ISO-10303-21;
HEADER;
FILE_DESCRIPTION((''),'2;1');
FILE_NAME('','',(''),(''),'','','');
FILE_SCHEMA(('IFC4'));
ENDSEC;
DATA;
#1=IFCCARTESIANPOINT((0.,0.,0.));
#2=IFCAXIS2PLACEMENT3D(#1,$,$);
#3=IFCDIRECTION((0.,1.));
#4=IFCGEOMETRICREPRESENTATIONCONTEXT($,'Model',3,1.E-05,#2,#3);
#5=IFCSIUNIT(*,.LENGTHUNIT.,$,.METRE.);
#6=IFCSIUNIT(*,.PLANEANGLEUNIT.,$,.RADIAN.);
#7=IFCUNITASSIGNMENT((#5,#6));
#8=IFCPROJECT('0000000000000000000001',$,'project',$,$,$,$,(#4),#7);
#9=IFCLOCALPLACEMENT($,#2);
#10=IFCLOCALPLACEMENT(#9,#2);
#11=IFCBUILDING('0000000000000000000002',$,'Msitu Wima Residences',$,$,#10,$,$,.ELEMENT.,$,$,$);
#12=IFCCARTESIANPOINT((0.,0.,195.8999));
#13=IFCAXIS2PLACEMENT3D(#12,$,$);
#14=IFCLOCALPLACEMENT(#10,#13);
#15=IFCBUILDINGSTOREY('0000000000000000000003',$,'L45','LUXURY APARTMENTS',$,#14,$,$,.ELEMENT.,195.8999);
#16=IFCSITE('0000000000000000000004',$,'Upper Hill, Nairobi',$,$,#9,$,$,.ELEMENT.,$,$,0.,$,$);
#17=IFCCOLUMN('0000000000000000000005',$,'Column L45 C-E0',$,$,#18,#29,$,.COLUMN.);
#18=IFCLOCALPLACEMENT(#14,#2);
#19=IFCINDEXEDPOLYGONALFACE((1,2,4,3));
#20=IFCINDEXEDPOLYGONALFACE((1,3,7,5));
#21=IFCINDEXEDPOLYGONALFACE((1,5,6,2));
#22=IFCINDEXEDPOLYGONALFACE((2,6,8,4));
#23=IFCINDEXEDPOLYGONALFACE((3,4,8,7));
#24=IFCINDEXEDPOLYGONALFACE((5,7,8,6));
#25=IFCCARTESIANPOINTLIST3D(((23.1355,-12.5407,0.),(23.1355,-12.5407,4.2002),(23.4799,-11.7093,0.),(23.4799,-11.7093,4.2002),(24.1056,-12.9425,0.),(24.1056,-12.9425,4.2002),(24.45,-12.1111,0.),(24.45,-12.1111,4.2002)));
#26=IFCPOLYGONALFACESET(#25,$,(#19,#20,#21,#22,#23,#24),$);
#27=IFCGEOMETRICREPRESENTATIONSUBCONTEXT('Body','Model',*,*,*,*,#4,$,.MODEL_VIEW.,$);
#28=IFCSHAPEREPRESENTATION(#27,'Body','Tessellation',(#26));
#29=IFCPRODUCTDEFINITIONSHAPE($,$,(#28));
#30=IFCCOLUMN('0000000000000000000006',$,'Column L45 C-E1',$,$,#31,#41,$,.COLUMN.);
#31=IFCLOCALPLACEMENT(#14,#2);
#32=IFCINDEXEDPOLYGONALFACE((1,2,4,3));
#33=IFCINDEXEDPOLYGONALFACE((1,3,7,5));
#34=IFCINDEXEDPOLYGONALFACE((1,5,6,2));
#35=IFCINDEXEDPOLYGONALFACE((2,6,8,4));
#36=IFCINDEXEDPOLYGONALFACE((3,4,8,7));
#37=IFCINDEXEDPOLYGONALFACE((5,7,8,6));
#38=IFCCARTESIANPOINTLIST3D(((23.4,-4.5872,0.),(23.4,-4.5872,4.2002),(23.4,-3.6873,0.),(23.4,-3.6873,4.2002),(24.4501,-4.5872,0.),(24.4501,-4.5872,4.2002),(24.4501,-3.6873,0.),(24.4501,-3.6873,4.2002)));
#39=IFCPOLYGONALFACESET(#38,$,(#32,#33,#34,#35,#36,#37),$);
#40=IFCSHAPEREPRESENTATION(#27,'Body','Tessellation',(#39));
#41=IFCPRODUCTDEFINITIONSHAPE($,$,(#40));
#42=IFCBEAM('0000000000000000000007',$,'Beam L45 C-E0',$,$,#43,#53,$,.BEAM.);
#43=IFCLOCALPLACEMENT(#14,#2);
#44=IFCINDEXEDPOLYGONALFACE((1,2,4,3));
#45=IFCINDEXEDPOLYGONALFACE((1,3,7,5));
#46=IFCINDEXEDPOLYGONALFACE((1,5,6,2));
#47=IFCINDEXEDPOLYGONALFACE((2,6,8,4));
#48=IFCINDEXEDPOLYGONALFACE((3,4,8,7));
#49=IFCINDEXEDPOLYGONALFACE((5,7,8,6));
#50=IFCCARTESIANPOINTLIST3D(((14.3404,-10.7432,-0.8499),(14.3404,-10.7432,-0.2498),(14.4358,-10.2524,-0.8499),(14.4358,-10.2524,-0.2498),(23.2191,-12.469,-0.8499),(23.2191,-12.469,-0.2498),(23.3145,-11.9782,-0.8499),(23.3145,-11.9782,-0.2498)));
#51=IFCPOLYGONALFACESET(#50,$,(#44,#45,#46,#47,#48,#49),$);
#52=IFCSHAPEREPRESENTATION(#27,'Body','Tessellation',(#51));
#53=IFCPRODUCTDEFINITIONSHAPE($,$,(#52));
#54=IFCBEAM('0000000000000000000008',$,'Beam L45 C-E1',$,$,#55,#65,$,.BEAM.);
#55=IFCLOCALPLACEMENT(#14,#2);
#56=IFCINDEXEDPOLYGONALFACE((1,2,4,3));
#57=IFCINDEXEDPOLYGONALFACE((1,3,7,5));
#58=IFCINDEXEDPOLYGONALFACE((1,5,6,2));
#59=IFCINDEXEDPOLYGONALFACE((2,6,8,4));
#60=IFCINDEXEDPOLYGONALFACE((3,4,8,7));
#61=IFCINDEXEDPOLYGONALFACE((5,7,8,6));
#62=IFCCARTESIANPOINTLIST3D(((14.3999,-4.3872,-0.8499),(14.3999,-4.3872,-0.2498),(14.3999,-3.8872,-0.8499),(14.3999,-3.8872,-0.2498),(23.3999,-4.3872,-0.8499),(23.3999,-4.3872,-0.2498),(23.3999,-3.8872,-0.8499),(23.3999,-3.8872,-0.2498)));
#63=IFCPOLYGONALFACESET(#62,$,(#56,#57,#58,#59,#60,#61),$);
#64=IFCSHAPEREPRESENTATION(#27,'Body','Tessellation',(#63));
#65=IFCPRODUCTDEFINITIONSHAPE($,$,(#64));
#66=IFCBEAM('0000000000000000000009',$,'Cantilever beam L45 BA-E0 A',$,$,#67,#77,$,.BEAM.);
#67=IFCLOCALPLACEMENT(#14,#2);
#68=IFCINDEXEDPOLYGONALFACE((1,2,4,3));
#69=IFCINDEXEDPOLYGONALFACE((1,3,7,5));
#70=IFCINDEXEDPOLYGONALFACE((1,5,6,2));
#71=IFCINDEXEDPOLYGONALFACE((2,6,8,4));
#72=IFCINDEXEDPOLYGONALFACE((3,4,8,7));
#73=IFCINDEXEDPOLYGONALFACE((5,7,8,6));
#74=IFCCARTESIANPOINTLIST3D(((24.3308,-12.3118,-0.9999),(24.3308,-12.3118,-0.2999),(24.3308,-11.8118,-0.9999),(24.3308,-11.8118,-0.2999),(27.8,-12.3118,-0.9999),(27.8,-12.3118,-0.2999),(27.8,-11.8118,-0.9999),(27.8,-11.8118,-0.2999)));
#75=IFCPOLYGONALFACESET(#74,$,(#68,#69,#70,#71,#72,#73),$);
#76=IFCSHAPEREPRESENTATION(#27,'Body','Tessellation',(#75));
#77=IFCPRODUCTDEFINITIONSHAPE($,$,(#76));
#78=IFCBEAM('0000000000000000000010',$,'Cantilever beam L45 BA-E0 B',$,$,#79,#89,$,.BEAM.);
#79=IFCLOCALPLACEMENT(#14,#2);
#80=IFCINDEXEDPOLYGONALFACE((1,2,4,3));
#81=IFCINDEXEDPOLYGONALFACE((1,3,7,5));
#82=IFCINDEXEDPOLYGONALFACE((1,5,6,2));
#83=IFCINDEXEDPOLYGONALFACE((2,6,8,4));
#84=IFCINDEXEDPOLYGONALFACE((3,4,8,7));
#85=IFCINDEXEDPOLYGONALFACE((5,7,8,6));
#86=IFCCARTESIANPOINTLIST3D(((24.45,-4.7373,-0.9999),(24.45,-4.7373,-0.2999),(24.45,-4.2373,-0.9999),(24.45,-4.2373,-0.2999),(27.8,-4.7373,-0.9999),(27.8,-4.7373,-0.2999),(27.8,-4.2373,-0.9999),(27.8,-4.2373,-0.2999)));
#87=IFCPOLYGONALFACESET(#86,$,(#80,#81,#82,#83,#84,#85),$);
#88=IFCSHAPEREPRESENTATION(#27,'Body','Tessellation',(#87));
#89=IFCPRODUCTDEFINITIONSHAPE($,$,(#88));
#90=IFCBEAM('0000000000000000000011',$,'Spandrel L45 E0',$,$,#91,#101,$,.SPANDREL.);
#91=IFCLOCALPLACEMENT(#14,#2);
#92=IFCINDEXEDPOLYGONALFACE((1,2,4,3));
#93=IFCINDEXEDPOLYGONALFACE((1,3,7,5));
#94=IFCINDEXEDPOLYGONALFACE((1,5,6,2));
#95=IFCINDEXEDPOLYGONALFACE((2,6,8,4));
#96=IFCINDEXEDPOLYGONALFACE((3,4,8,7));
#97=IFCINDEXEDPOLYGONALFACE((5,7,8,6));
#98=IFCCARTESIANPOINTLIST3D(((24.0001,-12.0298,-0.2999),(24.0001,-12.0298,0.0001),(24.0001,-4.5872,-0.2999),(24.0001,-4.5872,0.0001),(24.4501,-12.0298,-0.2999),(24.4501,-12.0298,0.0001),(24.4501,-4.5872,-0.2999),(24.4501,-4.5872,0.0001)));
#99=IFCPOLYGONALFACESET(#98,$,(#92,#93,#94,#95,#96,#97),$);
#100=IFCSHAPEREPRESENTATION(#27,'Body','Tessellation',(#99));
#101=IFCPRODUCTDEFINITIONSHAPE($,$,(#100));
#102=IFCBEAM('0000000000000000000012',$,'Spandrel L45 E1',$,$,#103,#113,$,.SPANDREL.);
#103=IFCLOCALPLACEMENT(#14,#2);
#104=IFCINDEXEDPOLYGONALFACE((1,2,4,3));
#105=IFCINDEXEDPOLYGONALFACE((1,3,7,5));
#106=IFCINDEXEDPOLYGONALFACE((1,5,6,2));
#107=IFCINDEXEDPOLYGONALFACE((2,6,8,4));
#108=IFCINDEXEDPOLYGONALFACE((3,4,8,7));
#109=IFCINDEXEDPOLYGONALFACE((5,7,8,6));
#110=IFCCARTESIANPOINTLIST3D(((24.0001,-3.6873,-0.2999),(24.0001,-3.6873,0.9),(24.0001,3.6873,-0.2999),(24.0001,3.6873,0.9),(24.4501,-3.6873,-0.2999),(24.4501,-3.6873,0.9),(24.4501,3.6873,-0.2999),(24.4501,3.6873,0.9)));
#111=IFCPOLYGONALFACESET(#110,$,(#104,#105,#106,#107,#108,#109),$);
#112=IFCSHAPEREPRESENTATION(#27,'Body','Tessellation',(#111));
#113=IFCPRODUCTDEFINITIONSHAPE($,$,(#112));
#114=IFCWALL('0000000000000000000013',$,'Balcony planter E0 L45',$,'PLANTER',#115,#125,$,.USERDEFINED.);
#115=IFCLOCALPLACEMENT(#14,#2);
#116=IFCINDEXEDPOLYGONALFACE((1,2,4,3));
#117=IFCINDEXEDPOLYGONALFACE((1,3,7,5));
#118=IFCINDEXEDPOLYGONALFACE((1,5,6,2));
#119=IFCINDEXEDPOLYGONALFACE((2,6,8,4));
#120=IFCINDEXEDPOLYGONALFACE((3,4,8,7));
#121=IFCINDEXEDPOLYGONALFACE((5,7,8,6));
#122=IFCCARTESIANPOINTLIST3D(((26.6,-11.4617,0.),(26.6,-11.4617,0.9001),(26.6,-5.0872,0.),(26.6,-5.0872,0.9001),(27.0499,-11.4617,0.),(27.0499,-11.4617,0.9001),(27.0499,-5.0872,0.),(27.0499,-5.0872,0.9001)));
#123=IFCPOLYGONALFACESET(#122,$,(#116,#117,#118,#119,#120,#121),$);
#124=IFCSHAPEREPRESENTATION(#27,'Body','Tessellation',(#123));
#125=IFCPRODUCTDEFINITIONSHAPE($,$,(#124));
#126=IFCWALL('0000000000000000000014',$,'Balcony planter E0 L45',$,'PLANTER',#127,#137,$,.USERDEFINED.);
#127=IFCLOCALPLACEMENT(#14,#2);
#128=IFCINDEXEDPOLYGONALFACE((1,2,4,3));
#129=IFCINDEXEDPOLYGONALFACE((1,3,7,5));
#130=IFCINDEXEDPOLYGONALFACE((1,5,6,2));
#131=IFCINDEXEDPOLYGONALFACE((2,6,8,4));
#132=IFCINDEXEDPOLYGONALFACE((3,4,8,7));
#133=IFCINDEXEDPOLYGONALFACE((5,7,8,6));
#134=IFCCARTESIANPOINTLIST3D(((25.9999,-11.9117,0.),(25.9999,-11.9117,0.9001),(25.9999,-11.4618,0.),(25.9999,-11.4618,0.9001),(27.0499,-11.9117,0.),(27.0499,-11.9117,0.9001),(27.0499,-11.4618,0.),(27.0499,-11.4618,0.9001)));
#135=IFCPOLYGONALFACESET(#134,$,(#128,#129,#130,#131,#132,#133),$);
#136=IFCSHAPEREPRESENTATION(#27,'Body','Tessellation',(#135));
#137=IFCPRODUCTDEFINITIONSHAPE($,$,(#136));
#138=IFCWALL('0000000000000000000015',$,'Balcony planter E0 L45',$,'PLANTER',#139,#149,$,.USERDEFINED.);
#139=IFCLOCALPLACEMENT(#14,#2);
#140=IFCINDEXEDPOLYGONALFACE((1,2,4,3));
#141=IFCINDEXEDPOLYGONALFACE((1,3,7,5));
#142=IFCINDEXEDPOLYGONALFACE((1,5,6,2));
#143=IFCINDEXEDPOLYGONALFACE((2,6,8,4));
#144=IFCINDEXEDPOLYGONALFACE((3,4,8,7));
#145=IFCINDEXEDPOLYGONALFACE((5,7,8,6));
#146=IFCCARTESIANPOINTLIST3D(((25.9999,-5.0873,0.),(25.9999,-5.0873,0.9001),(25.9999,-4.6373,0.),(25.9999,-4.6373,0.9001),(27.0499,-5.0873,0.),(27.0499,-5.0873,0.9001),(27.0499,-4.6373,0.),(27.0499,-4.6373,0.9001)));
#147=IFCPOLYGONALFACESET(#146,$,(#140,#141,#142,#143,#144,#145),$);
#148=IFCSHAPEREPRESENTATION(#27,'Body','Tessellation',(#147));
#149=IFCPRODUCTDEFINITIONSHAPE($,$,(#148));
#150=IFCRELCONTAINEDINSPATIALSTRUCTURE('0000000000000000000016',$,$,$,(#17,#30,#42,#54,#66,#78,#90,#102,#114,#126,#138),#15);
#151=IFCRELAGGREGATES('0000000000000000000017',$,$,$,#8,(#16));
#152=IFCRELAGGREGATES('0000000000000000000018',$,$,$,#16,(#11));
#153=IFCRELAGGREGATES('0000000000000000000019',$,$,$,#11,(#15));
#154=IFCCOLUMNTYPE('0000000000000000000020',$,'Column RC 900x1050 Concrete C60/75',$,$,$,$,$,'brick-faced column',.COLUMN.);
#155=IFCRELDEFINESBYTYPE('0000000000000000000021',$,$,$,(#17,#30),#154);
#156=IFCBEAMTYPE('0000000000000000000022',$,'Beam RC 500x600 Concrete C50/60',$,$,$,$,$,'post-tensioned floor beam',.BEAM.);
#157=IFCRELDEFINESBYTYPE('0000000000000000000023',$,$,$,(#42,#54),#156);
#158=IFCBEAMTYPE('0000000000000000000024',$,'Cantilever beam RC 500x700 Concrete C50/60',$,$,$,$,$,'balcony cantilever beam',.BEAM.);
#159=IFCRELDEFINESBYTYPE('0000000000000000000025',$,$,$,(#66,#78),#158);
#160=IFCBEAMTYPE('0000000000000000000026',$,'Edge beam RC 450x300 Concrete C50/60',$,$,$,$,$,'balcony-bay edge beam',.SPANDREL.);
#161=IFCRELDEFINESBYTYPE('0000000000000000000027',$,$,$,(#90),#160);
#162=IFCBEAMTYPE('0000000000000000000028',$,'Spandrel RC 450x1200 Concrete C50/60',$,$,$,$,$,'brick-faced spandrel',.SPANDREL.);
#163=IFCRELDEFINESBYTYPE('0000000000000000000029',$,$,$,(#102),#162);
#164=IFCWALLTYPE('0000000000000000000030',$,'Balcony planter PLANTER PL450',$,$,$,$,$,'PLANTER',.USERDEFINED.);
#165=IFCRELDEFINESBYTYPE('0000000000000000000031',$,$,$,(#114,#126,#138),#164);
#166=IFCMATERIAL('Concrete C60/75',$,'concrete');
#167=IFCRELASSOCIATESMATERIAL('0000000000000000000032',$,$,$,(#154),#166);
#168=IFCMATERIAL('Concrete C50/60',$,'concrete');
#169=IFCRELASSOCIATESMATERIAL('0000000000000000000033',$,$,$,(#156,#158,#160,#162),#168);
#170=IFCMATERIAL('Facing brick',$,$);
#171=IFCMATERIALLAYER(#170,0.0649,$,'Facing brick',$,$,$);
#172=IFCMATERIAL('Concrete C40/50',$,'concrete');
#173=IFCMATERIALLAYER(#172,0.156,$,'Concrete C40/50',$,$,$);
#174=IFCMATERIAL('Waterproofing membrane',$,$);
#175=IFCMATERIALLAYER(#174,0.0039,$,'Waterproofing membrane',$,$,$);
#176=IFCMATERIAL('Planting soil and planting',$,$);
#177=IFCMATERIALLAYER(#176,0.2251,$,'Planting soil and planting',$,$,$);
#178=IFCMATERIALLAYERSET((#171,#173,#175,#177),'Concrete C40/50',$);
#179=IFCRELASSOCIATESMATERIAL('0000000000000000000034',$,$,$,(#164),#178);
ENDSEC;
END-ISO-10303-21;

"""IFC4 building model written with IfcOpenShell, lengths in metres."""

from ifc_helpers import new_model, si_unit, direction, frame, frame_2d, origin, origin_2d, place, context, subcontext, project, spatial, rectangle, extrude, material, layer, layer_set, material_profile, profile_set, type_object, element, save


model = new_model("IFC4")

# Units and contexts
model_context = context("Model", 3, precision=1e-05, world=origin(), true_north=direction((0.0, 1.0)))
body_context = subcontext(model_context, "Body", "Model", "MODEL_VIEW")
ifc_project = project(units=[si_unit("LENGTHUNIT", "METRE"), si_unit("PLANEANGLEUNIT", "RADIAN")], contexts=[model_context])

# Site, building, storey
site_placement = place(None, origin())
site = spatial("IfcSite", under=ifc_project, at=site_placement, Name="Upper Hill, Nairobi", CompositionType="ELEMENT", RefElevation=0.0)
building_placement = place(site_placement, origin())
building = spatial("IfcBuilding", under=site, at=building_placement, Name="Msitu Wima Residences", CompositionType="ELEMENT")
storey_placement = place(building_placement, frame((0.0, 0.0, 195.8999)))
storey = spatial("IfcBuildingStorey", under=building, at=storey_placement, Name="L45", Description="LUXURY APARTMENTS", CompositionType="ELEMENT", Elevation=195.8999)

# Columns
ifc_material_1 = material(Name="Concrete C60/75", Category="concrete")
ifc_material_profile_1 = material_profile(ifc_material_1, rectangle(XDim=0.8999, YDim=1.05, at=origin_2d()), Name="RC 900x1050")
ifc_profile_set_1 = profile_set([ifc_material_profile_1], Name="Concrete C60/75")
column_type = type_object("IfcColumnType", Name="Column RC 900x1050 Concrete C60/75", ElementType="brick-faced column", PredefinedType="COLUMN", material=ifc_profile_set_1)
for number, where, z_axis, x_axis, name in (
    (1, (23.7927, -12.3259, 0.0), (0.0, 0.0, 1.0), (0.382683, 0.92388, 0.0), "Column L45 C-E0"),
    (2, (23.925, -4.1372, 0.0), (0.0, 0.0, 1.0), (0.0, 1.0, 0.0), "Column L45 C-E1"),
):
    element("IfcColumn", number, at=place(storey_placement, frame(where, z_axis=z_axis, x_axis=x_axis)), inside=storey, type_object=column_type, Name=name, PredefinedType="COLUMN", context=body_context, shape_type="SweptSolid", body=[
        extrude(rectangle(XDim=0.8999, YDim=1.05, at=origin_2d()), origin(), (0.0, 0.0, 1.0), 4.2002),
    ])

# Beams
ifc_material_2 = material(Name="Concrete C50/60", Category="concrete")
ifc_material_profile_2 = material_profile(ifc_material_2, rectangle(XDim=0.5, YDim=0.6001, at=origin_2d()), Name="RC 500x600")
ifc_profile_set_2 = profile_set([ifc_material_profile_2], Name="Concrete C50/60")
beam_type_1 = type_object("IfcBeamType", Name="Beam RC 500x600 Concrete C50/60", ElementType="post-tensioned floor beam", PredefinedType="BEAM", material=ifc_profile_set_2)
beam_1_placement = place(storey_placement, frame((23.2668, -12.2236, -0.5498), z_axis=(-0.981627, 0.190808, 0.0), x_axis=(-0.190808, -0.981627, 0.0)))
element("IfcBeam", 3, at=beam_1_placement, inside=storey, type_object=beam_type_1, Name="Beam L45 C-E0", PredefinedType="BEAM", context=body_context, shape_type="SweptSolid", body=[
    extrude(rectangle(XDim=0.5, YDim=0.6001, at=origin_2d()), origin(), (0.0, 0.0, 1.0), 9.0449),
])
beam_2_placement = place(storey_placement, frame((23.3999, -4.1372, -0.5498), z_axis=(-1.0, 0.0, 0.0), x_axis=(0.0, -1.0, 0.0)))
element("IfcBeam", 4, at=beam_2_placement, inside=storey, type_object=beam_type_1, Name="Beam L45 C-E1", PredefinedType="BEAM", context=body_context, shape_type="SweptSolid", body=[
    extrude(rectangle(XDim=0.5, YDim=0.6001, at=origin_2d()), origin(), (0.0, 0.0, 1.0), 9.0),
])
ifc_material_profile_3 = material_profile(ifc_material_2, rectangle(XDim=0.5, YDim=0.7, at=origin_2d()), Name="RC 500x700")
ifc_profile_set_3 = profile_set([ifc_material_profile_3], Name="Concrete C50/60")
beam_type_2 = type_object("IfcBeamType", Name="Cantilever beam RC 500x700 Concrete C50/60", ElementType="balcony cantilever beam", PredefinedType="BEAM", material=ifc_profile_set_3)
beam_3_placement = place(storey_placement, frame((24.3308, -12.0618, -0.6499), z_axis=(1.0, 0.0, 0.0), x_axis=(0.0, 1.0, 0.0)))
element("IfcBeam", 5, at=beam_3_placement, inside=storey, type_object=beam_type_2, Name="Cantilever beam L45 BA-E0 A", PredefinedType="BEAM", context=body_context, shape_type="SweptSolid", body=[
    extrude(rectangle(XDim=0.5, YDim=0.7, at=origin_2d()), origin(), (0.0, 0.0, 1.0), 3.4692),
])
beam_4_placement = place(storey_placement, frame((24.45, -4.4873, -0.6499), z_axis=(1.0, 0.0, 0.0), x_axis=(0.0, 1.0, 0.0)))
element("IfcBeam", 6, at=beam_4_placement, inside=storey, type_object=beam_type_2, Name="Cantilever beam L45 BA-E0 B", PredefinedType="BEAM", context=body_context, shape_type="SweptSolid", body=[
    extrude(rectangle(XDim=0.5, YDim=0.7, at=origin_2d()), origin(), (0.0, 0.0, 1.0), 3.3501),
])
ifc_material_profile_4 = material_profile(ifc_material_2, rectangle(XDim=0.45, YDim=0.3, at=origin_2d()), Name="RC 450x300")
ifc_profile_set_4 = profile_set([ifc_material_profile_4], Name="Concrete C50/60")
beam_type_3 = type_object("IfcBeamType", Name="Edge beam RC 450x300 Concrete C50/60", ElementType="balcony-bay edge beam", PredefinedType="SPANDREL", material=ifc_profile_set_4)
beam_5_placement = place(storey_placement, frame((24.2251, -12.0298, -0.1499), z_axis=(0.0, 1.0, 0.0), x_axis=(-1.0, 0.0, 0.0)))
element("IfcBeam", 7, at=beam_5_placement, inside=storey, type_object=beam_type_3, Name="Spandrel L45 E0", PredefinedType="SPANDREL", context=body_context, shape_type="SweptSolid", body=[
    extrude(rectangle(XDim=0.45, YDim=0.3, at=origin_2d()), origin(), (0.0, 0.0, 1.0), 7.4426),
])
ifc_material_profile_5 = material_profile(ifc_material_2, rectangle(XDim=0.45, YDim=1.2, at=origin_2d()), Name="RC 450x1200")
ifc_profile_set_5 = profile_set([ifc_material_profile_5], Name="Concrete C50/60")
beam_type_4 = type_object("IfcBeamType", Name="Spandrel RC 450x1200 Concrete C50/60", ElementType="brick-faced spandrel", PredefinedType="SPANDREL", material=ifc_profile_set_5)
beam_6_placement = place(storey_placement, frame((24.2251, -3.6873, 0.3), z_axis=(0.0, 1.0, 0.0), x_axis=(-1.0, 0.0, 0.0)))
element("IfcBeam", 8, at=beam_6_placement, inside=storey, type_object=beam_type_4, Name="Spandrel L45 E1", PredefinedType="SPANDREL", context=body_context, shape_type="SweptSolid", body=[
    extrude(rectangle(XDim=0.45, YDim=1.2, at=origin_2d()), origin(), (0.0, 0.0, 1.0), 7.3745),
])

# Walls
ifc_material_3 = material(Name="Facing brick")
ifc_layer_1 = layer(ifc_material_3, 0.0649, Name="Facing brick")
ifc_material_4 = material(Name="Concrete C40/50", Category="concrete")
ifc_layer_2 = layer(ifc_material_4, 0.156, Name="Concrete C40/50")
ifc_material_5 = material(Name="Waterproofing membrane")
ifc_layer_3 = layer(ifc_material_5, 0.0039, Name="Waterproofing membrane")
ifc_material_6 = material(Name="Planting soil and planting")
ifc_layer_4 = layer(ifc_material_6, 0.2251, Name="Planting soil and planting")
ifc_layer_set_1 = layer_set([ifc_layer_1, ifc_layer_2, ifc_layer_3, ifc_layer_4], Name="Concrete C40/50")
wall_type_1 = type_object("IfcWallType", Name="Balcony planter PLANTER PL450", ElementType="PLANTER", PredefinedType="USERDEFINED", material=ifc_layer_set_1)
wall_1_placement = place(storey_placement, frame((26.825, -11.4617, 0.0), z_axis=(0.0, 0.0, 1.0), x_axis=(0.0, 1.0, 0.0)))
element("IfcWall", 9, at=wall_1_placement, inside=storey, type_object=wall_type_1, Name="Balcony planter E0 L45", ObjectType="PLANTER", PredefinedType="USERDEFINED", context=body_context, shape_type="SweptSolid", body=[
    extrude(rectangle(XDim=6.3745, YDim=0.45, at=frame_2d((3.1873, 0.0))), origin(), (0.0, 0.0, 1.0), 0.9001),
])
for number, where, z_axis, x_axis, name in (
    (10, (26.0, -11.6868, 0.0), (0.0, 0.0, 1.0), (1.0, 0.0, 0.0), "Balcony planter E0 L45"),
    (11, (26.0, -4.8623, 0.0), (0.0, 0.0, 1.0), (1.0, 0.0, 0.0), "Balcony planter E0 L45"),
):
    element("IfcWall", number, at=place(storey_placement, frame(where, z_axis=z_axis, x_axis=x_axis)), inside=storey, type_object=wall_type_1, Name=name, ObjectType="PLANTER", PredefinedType="USERDEFINED", context=body_context, shape_type="SweptSolid", body=[
        extrude(rectangle(XDim=1.05, YDim=0.45, at=frame_2d((0.5249, 0.0))), origin(), (0.0, 0.0, 1.0), 0.9001),
    ])

save(model, "model.ifc")
